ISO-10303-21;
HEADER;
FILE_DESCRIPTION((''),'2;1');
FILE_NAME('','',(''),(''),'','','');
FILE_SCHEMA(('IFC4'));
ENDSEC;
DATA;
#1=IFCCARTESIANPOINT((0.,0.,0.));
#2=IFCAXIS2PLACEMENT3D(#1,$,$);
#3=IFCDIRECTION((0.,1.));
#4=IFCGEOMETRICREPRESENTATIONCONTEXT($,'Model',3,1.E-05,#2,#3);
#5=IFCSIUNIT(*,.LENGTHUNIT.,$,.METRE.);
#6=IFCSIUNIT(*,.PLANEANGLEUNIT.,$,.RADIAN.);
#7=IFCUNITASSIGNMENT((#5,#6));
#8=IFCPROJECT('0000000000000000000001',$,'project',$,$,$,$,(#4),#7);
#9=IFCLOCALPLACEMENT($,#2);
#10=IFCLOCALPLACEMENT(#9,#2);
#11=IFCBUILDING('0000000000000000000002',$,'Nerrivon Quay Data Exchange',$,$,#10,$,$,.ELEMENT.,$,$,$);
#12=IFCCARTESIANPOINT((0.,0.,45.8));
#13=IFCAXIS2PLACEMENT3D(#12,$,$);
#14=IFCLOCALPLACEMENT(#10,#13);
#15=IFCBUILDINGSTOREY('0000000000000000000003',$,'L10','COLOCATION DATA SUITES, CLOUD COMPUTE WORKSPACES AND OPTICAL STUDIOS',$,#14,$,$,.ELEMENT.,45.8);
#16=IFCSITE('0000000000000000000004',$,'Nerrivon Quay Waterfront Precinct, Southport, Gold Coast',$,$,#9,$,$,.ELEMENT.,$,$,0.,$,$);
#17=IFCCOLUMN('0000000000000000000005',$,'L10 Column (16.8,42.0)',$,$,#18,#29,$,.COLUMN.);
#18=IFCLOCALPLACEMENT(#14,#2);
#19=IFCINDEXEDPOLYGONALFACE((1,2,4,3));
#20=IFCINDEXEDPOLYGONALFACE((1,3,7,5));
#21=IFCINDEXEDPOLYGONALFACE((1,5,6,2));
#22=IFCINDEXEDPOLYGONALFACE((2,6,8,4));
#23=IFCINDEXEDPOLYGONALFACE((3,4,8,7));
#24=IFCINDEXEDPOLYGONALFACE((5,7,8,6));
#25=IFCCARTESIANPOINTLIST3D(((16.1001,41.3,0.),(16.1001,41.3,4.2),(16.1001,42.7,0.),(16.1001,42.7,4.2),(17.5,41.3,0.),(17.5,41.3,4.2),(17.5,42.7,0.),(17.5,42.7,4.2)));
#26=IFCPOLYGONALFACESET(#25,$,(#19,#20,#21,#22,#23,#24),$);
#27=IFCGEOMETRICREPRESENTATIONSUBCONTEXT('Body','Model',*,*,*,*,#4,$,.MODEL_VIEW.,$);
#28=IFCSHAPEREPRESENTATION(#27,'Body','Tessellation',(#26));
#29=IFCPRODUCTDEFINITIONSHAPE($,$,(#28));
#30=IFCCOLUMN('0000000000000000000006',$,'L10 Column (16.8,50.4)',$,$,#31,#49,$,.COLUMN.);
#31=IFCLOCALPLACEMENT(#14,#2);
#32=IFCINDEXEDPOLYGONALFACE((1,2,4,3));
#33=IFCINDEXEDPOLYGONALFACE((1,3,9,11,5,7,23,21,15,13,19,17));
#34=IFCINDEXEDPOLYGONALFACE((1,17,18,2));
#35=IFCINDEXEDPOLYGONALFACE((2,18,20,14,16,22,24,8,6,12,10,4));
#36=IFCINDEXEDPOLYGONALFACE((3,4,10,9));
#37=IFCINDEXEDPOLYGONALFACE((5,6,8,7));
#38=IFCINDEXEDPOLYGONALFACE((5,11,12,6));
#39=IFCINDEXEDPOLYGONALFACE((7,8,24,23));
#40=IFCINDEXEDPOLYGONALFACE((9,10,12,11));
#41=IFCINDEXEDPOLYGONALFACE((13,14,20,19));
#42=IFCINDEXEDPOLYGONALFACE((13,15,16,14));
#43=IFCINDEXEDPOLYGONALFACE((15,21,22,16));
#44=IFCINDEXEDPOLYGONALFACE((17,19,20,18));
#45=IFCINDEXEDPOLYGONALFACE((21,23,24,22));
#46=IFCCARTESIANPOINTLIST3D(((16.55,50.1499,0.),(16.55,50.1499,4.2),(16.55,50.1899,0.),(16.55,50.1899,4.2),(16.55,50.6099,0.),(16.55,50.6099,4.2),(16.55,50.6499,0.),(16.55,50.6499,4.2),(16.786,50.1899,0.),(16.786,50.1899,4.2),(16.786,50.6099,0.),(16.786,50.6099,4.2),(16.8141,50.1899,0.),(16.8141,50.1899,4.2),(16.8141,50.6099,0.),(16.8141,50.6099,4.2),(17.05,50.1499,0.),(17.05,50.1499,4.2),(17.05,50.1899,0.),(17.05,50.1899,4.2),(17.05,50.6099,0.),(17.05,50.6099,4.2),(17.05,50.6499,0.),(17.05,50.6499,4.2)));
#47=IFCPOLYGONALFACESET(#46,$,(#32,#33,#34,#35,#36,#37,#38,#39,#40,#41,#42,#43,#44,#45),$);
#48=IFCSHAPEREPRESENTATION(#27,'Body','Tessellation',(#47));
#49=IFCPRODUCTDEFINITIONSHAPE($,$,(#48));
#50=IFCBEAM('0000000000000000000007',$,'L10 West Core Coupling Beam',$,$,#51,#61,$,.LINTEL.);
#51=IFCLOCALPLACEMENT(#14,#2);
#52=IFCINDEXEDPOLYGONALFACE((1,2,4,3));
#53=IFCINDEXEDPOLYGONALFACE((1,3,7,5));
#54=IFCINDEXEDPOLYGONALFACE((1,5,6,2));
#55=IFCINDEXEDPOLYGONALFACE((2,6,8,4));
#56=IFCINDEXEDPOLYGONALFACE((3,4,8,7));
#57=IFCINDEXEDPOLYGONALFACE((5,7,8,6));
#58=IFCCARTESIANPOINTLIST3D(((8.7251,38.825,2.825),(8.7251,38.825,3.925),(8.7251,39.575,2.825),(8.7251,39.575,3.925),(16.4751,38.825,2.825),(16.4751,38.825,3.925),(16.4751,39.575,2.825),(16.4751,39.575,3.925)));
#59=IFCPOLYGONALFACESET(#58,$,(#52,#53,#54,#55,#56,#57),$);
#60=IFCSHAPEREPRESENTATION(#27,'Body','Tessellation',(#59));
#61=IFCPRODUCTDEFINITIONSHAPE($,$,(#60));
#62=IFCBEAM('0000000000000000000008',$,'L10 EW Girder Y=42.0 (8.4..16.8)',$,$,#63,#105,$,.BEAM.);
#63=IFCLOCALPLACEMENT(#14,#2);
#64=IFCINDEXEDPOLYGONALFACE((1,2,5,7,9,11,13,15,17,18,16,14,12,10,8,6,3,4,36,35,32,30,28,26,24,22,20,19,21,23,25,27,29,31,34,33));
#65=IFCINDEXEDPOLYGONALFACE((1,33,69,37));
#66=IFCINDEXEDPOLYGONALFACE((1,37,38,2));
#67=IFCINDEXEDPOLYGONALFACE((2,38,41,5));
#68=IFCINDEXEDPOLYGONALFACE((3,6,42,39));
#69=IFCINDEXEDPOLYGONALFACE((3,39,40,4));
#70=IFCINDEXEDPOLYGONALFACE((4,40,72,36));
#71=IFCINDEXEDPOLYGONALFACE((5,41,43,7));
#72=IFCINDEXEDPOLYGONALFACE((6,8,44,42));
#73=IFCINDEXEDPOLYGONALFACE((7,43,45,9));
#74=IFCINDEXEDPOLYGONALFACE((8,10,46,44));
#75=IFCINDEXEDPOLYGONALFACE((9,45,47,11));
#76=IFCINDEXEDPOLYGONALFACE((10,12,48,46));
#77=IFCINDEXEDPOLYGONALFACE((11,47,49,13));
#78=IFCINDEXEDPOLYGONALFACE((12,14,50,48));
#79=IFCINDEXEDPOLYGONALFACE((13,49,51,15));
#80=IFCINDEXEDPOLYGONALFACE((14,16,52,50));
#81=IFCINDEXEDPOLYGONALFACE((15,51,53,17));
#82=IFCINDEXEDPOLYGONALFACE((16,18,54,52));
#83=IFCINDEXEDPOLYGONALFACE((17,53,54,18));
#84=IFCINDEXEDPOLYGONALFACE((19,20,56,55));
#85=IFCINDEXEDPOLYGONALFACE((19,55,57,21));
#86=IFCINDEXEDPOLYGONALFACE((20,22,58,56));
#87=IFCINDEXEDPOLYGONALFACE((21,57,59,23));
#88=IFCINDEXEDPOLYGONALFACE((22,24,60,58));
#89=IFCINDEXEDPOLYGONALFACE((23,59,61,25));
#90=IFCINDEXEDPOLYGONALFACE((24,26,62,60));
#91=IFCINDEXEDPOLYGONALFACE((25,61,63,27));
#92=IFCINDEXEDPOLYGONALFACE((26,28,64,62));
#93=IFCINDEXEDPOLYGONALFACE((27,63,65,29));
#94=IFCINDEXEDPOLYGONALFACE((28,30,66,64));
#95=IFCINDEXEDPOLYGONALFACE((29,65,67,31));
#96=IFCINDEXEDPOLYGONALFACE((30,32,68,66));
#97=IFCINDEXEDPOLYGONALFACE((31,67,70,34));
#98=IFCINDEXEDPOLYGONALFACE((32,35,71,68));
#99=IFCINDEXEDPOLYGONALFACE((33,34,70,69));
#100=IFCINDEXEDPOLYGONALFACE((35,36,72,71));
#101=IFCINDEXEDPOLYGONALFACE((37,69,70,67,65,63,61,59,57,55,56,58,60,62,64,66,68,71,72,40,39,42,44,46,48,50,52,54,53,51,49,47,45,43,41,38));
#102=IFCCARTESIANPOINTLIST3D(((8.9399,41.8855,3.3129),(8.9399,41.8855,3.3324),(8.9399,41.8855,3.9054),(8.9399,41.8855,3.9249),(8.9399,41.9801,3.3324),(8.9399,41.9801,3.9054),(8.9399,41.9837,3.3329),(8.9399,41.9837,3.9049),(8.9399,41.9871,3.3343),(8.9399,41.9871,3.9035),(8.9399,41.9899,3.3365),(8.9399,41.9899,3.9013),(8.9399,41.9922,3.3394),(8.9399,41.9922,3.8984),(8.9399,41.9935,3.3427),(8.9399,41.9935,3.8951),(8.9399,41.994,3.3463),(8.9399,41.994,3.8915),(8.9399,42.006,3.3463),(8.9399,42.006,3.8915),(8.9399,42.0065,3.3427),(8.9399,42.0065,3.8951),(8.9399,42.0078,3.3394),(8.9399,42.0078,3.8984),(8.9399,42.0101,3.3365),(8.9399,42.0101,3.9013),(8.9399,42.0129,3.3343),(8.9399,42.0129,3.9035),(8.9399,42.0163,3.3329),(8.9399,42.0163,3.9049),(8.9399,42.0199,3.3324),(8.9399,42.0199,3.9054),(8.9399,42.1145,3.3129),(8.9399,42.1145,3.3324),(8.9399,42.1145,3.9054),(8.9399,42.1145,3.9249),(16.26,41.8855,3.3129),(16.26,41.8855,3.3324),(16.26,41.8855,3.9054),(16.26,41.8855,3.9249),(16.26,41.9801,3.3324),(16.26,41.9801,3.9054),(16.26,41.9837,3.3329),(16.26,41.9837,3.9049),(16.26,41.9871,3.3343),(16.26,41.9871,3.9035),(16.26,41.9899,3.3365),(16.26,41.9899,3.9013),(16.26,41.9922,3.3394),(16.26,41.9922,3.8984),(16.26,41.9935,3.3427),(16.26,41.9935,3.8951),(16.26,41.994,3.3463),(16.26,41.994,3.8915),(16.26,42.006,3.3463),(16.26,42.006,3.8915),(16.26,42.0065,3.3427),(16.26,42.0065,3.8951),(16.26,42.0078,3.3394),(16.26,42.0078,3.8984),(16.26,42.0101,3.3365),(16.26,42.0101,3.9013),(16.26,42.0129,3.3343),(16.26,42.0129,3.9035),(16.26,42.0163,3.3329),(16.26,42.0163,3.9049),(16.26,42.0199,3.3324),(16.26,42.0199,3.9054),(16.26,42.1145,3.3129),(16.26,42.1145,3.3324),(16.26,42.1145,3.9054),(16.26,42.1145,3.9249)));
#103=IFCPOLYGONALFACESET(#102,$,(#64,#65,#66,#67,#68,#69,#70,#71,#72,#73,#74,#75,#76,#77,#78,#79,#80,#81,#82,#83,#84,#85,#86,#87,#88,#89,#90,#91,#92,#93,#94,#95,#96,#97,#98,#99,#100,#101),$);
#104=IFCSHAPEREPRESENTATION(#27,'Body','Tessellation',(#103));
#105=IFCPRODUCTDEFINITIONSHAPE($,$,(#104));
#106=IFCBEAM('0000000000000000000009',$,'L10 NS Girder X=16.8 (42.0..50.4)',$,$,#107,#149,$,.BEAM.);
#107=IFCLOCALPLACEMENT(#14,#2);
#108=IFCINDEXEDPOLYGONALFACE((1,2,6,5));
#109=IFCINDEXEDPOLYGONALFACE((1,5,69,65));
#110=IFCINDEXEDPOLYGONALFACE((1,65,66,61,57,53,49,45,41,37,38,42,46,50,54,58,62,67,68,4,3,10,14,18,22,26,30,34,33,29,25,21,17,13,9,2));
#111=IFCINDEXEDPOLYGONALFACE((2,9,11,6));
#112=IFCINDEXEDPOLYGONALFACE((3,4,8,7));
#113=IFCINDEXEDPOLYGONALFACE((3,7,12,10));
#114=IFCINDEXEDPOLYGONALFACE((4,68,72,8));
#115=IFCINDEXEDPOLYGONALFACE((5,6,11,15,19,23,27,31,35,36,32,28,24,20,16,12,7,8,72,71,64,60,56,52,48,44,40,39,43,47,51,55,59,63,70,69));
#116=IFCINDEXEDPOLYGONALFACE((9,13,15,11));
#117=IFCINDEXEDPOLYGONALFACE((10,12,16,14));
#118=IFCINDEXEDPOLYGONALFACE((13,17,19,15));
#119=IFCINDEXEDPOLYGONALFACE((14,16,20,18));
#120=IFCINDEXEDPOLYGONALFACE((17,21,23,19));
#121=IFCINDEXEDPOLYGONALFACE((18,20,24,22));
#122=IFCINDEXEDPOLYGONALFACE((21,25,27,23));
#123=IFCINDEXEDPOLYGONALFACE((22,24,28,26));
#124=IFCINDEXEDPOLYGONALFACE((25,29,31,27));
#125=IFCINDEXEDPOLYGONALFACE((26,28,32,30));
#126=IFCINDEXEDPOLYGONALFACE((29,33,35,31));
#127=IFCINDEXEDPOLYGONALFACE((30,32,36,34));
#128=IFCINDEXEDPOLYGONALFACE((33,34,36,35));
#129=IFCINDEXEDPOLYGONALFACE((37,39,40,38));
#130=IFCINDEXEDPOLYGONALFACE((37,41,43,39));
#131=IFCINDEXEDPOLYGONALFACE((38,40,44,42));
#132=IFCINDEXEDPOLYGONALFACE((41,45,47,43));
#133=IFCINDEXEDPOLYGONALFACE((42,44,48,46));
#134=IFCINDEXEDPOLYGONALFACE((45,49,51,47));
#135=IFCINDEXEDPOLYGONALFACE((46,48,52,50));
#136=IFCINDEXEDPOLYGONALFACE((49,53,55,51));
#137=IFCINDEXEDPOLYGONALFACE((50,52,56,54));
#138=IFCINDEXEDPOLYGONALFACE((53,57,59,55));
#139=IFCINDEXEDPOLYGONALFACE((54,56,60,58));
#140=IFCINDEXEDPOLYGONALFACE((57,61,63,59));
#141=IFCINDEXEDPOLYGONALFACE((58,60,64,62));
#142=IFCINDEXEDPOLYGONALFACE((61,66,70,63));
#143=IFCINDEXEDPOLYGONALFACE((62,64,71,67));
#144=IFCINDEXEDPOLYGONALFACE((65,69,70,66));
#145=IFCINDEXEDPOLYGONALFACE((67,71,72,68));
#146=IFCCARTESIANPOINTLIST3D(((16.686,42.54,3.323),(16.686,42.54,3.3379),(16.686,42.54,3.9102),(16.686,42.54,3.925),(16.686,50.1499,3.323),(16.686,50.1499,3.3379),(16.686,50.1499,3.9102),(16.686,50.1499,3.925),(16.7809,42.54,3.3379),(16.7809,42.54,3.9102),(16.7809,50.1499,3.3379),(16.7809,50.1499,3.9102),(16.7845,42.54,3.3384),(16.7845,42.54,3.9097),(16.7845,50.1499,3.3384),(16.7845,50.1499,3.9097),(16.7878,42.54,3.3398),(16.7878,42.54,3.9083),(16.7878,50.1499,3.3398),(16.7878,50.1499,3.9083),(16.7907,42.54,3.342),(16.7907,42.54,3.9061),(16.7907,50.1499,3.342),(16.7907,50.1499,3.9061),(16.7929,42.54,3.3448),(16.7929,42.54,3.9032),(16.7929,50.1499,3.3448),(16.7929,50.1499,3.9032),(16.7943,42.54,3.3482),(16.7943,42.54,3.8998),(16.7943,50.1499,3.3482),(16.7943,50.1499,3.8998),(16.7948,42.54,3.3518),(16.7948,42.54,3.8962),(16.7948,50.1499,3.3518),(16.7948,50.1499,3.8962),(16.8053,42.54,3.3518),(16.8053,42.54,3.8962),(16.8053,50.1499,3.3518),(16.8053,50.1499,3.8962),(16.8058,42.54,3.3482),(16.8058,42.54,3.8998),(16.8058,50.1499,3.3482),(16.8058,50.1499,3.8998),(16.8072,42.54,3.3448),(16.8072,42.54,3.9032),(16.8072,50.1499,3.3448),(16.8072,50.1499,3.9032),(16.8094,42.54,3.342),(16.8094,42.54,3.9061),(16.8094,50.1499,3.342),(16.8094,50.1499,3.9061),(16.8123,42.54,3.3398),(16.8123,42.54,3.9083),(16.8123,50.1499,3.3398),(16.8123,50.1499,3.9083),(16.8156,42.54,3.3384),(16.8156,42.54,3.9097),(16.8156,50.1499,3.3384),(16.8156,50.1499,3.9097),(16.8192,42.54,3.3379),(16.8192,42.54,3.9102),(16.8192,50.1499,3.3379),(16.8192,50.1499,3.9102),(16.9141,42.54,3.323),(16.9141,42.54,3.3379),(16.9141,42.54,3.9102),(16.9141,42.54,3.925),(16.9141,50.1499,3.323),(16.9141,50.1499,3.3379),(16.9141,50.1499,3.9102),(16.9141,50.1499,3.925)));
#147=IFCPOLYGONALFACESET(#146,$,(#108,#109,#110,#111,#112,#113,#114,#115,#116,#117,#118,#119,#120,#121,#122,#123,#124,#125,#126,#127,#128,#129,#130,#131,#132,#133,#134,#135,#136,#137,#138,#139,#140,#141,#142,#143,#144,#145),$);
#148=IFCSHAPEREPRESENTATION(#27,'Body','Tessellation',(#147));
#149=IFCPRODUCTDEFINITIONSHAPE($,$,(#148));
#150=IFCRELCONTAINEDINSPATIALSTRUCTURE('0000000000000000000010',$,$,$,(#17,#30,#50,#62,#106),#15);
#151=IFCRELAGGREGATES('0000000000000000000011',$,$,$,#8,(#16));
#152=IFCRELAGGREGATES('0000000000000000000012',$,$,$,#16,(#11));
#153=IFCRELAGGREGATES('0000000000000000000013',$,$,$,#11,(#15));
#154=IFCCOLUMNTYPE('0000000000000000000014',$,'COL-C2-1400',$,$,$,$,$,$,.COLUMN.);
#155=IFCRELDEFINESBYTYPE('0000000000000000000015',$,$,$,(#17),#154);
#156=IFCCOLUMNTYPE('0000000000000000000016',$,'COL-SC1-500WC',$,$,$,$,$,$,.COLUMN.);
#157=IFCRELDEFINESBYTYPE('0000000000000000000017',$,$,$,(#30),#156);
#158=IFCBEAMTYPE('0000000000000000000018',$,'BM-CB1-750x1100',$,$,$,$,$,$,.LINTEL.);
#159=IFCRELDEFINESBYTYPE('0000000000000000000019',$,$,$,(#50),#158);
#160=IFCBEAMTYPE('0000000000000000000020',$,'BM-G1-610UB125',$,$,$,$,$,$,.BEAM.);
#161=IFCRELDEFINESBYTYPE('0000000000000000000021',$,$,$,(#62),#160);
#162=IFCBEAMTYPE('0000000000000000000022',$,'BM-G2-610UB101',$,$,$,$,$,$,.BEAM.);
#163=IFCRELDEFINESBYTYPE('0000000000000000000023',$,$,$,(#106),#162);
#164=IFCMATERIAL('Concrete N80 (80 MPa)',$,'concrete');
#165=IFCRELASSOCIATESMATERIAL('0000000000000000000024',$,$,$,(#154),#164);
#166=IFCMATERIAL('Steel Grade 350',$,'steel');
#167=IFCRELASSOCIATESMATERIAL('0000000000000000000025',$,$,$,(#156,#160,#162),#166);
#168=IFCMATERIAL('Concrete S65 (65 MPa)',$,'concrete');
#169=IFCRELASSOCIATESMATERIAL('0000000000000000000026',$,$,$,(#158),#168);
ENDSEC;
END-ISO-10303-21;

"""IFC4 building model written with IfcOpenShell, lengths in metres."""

from ifc_helpers import new_model, si_unit, direction, frame, origin, origin_2d, place, context, subcontext, project, spatial, rectangle, i_section, extrude, material, material_profile, profile_set, type_object, element, save


model = new_model("IFC4")

# Units and contexts
model_context = context("Model", 3, precision=1e-05, world=origin(), true_north=direction((0.0, 1.0)))
body_context = subcontext(model_context, "Body", "Model", "MODEL_VIEW")
ifc_project = project(units=[si_unit("LENGTHUNIT", "METRE"), si_unit("PLANEANGLEUNIT", "RADIAN")], contexts=[model_context])

# Site, building, storey
site_placement = place(None, origin())
site = spatial("IfcSite", under=ifc_project, at=site_placement, Name="Nerrivon Quay Waterfront Precinct, Southport, Gold Coast", CompositionType="ELEMENT", RefElevation=0.0)
building_placement = place(site_placement, origin())
building = spatial("IfcBuilding", under=site, at=building_placement, Name="Nerrivon Quay Data Exchange", CompositionType="ELEMENT")
storey_placement = place(building_placement, frame((0.0, 0.0, 45.8)))
storey = spatial("IfcBuildingStorey", under=building, at=storey_placement, Name="L10", Description="COLOCATION DATA SUITES, CLOUD COMPUTE WORKSPACES AND OPTICAL STUDIOS", CompositionType="ELEMENT", Elevation=45.8)

# Columns
ifc_material_1 = material(Name="Concrete N80 (80 MPa)", Category="concrete")
ifc_material_profile_1 = material_profile(ifc_material_1, rectangle(XDim=1.3999, YDim=1.3999, at=origin_2d()), Name="RC-COL-1400x1400")
ifc_profile_set_1 = profile_set([ifc_material_profile_1], Name="Concrete N80 (80 MPa)")
column_type_1 = type_object("IfcColumnType", Name="COL-C2-1400", PredefinedType="COLUMN", material=ifc_profile_set_1)
column_1_placement = place(storey_placement, frame((16.8, 42.0, 0.0), z_axis=(0.0, 0.0, 1.0), x_axis=(1.0, 0.0, 0.0)))
element("IfcColumn", 1, at=column_1_placement, inside=storey, type_object=column_type_1, Name="L10 Column (16.8,42.0)", PredefinedType="COLUMN", context=body_context, shape_type="SweptSolid", body=[
    extrude(rectangle(XDim=1.3999, YDim=1.3999, at=origin_2d()), origin(), (0.0, 0.0, 1.0), 4.2),
])
ifc_material_2 = material(Name="Steel Grade 350", Category="steel")
ifc_material_profile_2 = material_profile(ifc_material_2, i_section(OverallWidth=0.5, OverallDepth=0.5, WebThickness=0.0281, FlangeThickness=0.04, at=origin_2d()), Name="500WC440")
ifc_profile_set_2 = profile_set([ifc_material_profile_2], Name="Steel Grade 350")
column_type_2 = type_object("IfcColumnType", Name="COL-SC1-500WC", PredefinedType="COLUMN", material=ifc_profile_set_2)
column_2_placement = place(storey_placement, frame((16.8, 50.3999, 0.0), z_axis=(0.0, 0.0, 1.0), x_axis=(1.0, 0.0, 0.0)))
element("IfcColumn", 2, at=column_2_placement, inside=storey, type_object=column_type_2, Name="L10 Column (16.8,50.4)", PredefinedType="COLUMN", context=body_context, shape_type="SweptSolid", body=[
    extrude(i_section(OverallWidth=0.5, OverallDepth=0.5, WebThickness=0.0281, FlangeThickness=0.04, at=origin_2d()), origin(), (0.0, 0.0, 1.0), 4.2),
])

# Beams
ifc_material_3 = material(Name="Concrete S65 (65 MPa)", Category="concrete")
ifc_material_profile_3 = material_profile(ifc_material_3, rectangle(XDim=0.75, YDim=1.1001, at=origin_2d()), Name="RC-CB-750x1100")
ifc_profile_set_3 = profile_set([ifc_material_profile_3], Name="Concrete S65 (65 MPa)")
beam_type_1 = type_object("IfcBeamType", Name="BM-CB1-750x1100", PredefinedType="LINTEL", material=ifc_profile_set_3)
beam_1_placement = place(storey_placement, frame((8.7251, 39.2, 3.375), z_axis=(1.0, 0.0, 0.0), x_axis=(0.0, 1.0, 0.0)))
element("IfcBeam", 3, at=beam_1_placement, inside=storey, type_object=beam_type_1, Name="L10 West Core Coupling Beam", PredefinedType="LINTEL", context=body_context, shape_type="SweptSolid", body=[
    extrude(rectangle(XDim=0.75, YDim=1.1001, at=origin_2d()), origin(), (0.0, 0.0, 1.0), 7.75),
])
ifc_material_profile_4 = material_profile(ifc_material_2, i_section(OverallWidth=0.229, OverallDepth=0.6121, WebThickness=0.012, FlangeThickness=0.0195, FilletRadius=0.0139, at=origin_2d()), Name="610UB125")
ifc_profile_set_4 = profile_set([ifc_material_profile_4], Name="Steel Grade 350")
beam_type_2 = type_object("IfcBeamType", Name="BM-G1-610UB125", PredefinedType="BEAM", material=ifc_profile_set_4)
beam_2_placement = place(storey_placement, frame((8.9399, 42.0, 3.6189), z_axis=(1.0, 0.0, 0.0), x_axis=(0.0, 1.0, 0.0)))
element("IfcBeam", 4, at=beam_2_placement, inside=storey, type_object=beam_type_2, Name="L10 EW Girder Y=42.0 (8.4..16.8)", PredefinedType="BEAM", context=body_context, shape_type="SweptSolid", body=[
    extrude(i_section(OverallWidth=0.229, OverallDepth=0.6121, WebThickness=0.012, FlangeThickness=0.0195, FilletRadius=0.0139, at=origin_2d()), origin(), (0.0, 0.0, 1.0), 7.3201),
])
ifc_material_profile_5 = material_profile(ifc_material_2, i_section(OverallWidth=0.228, OverallDepth=0.6021, WebThickness=0.0105, FlangeThickness=0.0149, FilletRadius=0.0139, at=origin_2d()), Name="610UB101")
ifc_profile_set_5 = profile_set([ifc_material_profile_5], Name="Steel Grade 350")
beam_type_3 = type_object("IfcBeamType", Name="BM-G2-610UB101", PredefinedType="BEAM", material=ifc_profile_set_5)
beam_3_placement = place(storey_placement, frame((16.8, 42.54, 3.624), z_axis=(0.0, 1.0, 0.0), x_axis=(-1.0, 0.0, 0.0)))
element("IfcBeam", 5, at=beam_3_placement, inside=storey, type_object=beam_type_3, Name="L10 NS Girder X=16.8 (42.0..50.4)", PredefinedType="BEAM", context=body_context, shape_type="SweptSolid", body=[
    extrude(i_section(OverallWidth=0.228, OverallDepth=0.6021, WebThickness=0.0105, FlangeThickness=0.0149, FilletRadius=0.0139, at=origin_2d()), origin(), (0.0, 0.0, 1.0), 7.6099),
])

save(model, "model.ifc")
